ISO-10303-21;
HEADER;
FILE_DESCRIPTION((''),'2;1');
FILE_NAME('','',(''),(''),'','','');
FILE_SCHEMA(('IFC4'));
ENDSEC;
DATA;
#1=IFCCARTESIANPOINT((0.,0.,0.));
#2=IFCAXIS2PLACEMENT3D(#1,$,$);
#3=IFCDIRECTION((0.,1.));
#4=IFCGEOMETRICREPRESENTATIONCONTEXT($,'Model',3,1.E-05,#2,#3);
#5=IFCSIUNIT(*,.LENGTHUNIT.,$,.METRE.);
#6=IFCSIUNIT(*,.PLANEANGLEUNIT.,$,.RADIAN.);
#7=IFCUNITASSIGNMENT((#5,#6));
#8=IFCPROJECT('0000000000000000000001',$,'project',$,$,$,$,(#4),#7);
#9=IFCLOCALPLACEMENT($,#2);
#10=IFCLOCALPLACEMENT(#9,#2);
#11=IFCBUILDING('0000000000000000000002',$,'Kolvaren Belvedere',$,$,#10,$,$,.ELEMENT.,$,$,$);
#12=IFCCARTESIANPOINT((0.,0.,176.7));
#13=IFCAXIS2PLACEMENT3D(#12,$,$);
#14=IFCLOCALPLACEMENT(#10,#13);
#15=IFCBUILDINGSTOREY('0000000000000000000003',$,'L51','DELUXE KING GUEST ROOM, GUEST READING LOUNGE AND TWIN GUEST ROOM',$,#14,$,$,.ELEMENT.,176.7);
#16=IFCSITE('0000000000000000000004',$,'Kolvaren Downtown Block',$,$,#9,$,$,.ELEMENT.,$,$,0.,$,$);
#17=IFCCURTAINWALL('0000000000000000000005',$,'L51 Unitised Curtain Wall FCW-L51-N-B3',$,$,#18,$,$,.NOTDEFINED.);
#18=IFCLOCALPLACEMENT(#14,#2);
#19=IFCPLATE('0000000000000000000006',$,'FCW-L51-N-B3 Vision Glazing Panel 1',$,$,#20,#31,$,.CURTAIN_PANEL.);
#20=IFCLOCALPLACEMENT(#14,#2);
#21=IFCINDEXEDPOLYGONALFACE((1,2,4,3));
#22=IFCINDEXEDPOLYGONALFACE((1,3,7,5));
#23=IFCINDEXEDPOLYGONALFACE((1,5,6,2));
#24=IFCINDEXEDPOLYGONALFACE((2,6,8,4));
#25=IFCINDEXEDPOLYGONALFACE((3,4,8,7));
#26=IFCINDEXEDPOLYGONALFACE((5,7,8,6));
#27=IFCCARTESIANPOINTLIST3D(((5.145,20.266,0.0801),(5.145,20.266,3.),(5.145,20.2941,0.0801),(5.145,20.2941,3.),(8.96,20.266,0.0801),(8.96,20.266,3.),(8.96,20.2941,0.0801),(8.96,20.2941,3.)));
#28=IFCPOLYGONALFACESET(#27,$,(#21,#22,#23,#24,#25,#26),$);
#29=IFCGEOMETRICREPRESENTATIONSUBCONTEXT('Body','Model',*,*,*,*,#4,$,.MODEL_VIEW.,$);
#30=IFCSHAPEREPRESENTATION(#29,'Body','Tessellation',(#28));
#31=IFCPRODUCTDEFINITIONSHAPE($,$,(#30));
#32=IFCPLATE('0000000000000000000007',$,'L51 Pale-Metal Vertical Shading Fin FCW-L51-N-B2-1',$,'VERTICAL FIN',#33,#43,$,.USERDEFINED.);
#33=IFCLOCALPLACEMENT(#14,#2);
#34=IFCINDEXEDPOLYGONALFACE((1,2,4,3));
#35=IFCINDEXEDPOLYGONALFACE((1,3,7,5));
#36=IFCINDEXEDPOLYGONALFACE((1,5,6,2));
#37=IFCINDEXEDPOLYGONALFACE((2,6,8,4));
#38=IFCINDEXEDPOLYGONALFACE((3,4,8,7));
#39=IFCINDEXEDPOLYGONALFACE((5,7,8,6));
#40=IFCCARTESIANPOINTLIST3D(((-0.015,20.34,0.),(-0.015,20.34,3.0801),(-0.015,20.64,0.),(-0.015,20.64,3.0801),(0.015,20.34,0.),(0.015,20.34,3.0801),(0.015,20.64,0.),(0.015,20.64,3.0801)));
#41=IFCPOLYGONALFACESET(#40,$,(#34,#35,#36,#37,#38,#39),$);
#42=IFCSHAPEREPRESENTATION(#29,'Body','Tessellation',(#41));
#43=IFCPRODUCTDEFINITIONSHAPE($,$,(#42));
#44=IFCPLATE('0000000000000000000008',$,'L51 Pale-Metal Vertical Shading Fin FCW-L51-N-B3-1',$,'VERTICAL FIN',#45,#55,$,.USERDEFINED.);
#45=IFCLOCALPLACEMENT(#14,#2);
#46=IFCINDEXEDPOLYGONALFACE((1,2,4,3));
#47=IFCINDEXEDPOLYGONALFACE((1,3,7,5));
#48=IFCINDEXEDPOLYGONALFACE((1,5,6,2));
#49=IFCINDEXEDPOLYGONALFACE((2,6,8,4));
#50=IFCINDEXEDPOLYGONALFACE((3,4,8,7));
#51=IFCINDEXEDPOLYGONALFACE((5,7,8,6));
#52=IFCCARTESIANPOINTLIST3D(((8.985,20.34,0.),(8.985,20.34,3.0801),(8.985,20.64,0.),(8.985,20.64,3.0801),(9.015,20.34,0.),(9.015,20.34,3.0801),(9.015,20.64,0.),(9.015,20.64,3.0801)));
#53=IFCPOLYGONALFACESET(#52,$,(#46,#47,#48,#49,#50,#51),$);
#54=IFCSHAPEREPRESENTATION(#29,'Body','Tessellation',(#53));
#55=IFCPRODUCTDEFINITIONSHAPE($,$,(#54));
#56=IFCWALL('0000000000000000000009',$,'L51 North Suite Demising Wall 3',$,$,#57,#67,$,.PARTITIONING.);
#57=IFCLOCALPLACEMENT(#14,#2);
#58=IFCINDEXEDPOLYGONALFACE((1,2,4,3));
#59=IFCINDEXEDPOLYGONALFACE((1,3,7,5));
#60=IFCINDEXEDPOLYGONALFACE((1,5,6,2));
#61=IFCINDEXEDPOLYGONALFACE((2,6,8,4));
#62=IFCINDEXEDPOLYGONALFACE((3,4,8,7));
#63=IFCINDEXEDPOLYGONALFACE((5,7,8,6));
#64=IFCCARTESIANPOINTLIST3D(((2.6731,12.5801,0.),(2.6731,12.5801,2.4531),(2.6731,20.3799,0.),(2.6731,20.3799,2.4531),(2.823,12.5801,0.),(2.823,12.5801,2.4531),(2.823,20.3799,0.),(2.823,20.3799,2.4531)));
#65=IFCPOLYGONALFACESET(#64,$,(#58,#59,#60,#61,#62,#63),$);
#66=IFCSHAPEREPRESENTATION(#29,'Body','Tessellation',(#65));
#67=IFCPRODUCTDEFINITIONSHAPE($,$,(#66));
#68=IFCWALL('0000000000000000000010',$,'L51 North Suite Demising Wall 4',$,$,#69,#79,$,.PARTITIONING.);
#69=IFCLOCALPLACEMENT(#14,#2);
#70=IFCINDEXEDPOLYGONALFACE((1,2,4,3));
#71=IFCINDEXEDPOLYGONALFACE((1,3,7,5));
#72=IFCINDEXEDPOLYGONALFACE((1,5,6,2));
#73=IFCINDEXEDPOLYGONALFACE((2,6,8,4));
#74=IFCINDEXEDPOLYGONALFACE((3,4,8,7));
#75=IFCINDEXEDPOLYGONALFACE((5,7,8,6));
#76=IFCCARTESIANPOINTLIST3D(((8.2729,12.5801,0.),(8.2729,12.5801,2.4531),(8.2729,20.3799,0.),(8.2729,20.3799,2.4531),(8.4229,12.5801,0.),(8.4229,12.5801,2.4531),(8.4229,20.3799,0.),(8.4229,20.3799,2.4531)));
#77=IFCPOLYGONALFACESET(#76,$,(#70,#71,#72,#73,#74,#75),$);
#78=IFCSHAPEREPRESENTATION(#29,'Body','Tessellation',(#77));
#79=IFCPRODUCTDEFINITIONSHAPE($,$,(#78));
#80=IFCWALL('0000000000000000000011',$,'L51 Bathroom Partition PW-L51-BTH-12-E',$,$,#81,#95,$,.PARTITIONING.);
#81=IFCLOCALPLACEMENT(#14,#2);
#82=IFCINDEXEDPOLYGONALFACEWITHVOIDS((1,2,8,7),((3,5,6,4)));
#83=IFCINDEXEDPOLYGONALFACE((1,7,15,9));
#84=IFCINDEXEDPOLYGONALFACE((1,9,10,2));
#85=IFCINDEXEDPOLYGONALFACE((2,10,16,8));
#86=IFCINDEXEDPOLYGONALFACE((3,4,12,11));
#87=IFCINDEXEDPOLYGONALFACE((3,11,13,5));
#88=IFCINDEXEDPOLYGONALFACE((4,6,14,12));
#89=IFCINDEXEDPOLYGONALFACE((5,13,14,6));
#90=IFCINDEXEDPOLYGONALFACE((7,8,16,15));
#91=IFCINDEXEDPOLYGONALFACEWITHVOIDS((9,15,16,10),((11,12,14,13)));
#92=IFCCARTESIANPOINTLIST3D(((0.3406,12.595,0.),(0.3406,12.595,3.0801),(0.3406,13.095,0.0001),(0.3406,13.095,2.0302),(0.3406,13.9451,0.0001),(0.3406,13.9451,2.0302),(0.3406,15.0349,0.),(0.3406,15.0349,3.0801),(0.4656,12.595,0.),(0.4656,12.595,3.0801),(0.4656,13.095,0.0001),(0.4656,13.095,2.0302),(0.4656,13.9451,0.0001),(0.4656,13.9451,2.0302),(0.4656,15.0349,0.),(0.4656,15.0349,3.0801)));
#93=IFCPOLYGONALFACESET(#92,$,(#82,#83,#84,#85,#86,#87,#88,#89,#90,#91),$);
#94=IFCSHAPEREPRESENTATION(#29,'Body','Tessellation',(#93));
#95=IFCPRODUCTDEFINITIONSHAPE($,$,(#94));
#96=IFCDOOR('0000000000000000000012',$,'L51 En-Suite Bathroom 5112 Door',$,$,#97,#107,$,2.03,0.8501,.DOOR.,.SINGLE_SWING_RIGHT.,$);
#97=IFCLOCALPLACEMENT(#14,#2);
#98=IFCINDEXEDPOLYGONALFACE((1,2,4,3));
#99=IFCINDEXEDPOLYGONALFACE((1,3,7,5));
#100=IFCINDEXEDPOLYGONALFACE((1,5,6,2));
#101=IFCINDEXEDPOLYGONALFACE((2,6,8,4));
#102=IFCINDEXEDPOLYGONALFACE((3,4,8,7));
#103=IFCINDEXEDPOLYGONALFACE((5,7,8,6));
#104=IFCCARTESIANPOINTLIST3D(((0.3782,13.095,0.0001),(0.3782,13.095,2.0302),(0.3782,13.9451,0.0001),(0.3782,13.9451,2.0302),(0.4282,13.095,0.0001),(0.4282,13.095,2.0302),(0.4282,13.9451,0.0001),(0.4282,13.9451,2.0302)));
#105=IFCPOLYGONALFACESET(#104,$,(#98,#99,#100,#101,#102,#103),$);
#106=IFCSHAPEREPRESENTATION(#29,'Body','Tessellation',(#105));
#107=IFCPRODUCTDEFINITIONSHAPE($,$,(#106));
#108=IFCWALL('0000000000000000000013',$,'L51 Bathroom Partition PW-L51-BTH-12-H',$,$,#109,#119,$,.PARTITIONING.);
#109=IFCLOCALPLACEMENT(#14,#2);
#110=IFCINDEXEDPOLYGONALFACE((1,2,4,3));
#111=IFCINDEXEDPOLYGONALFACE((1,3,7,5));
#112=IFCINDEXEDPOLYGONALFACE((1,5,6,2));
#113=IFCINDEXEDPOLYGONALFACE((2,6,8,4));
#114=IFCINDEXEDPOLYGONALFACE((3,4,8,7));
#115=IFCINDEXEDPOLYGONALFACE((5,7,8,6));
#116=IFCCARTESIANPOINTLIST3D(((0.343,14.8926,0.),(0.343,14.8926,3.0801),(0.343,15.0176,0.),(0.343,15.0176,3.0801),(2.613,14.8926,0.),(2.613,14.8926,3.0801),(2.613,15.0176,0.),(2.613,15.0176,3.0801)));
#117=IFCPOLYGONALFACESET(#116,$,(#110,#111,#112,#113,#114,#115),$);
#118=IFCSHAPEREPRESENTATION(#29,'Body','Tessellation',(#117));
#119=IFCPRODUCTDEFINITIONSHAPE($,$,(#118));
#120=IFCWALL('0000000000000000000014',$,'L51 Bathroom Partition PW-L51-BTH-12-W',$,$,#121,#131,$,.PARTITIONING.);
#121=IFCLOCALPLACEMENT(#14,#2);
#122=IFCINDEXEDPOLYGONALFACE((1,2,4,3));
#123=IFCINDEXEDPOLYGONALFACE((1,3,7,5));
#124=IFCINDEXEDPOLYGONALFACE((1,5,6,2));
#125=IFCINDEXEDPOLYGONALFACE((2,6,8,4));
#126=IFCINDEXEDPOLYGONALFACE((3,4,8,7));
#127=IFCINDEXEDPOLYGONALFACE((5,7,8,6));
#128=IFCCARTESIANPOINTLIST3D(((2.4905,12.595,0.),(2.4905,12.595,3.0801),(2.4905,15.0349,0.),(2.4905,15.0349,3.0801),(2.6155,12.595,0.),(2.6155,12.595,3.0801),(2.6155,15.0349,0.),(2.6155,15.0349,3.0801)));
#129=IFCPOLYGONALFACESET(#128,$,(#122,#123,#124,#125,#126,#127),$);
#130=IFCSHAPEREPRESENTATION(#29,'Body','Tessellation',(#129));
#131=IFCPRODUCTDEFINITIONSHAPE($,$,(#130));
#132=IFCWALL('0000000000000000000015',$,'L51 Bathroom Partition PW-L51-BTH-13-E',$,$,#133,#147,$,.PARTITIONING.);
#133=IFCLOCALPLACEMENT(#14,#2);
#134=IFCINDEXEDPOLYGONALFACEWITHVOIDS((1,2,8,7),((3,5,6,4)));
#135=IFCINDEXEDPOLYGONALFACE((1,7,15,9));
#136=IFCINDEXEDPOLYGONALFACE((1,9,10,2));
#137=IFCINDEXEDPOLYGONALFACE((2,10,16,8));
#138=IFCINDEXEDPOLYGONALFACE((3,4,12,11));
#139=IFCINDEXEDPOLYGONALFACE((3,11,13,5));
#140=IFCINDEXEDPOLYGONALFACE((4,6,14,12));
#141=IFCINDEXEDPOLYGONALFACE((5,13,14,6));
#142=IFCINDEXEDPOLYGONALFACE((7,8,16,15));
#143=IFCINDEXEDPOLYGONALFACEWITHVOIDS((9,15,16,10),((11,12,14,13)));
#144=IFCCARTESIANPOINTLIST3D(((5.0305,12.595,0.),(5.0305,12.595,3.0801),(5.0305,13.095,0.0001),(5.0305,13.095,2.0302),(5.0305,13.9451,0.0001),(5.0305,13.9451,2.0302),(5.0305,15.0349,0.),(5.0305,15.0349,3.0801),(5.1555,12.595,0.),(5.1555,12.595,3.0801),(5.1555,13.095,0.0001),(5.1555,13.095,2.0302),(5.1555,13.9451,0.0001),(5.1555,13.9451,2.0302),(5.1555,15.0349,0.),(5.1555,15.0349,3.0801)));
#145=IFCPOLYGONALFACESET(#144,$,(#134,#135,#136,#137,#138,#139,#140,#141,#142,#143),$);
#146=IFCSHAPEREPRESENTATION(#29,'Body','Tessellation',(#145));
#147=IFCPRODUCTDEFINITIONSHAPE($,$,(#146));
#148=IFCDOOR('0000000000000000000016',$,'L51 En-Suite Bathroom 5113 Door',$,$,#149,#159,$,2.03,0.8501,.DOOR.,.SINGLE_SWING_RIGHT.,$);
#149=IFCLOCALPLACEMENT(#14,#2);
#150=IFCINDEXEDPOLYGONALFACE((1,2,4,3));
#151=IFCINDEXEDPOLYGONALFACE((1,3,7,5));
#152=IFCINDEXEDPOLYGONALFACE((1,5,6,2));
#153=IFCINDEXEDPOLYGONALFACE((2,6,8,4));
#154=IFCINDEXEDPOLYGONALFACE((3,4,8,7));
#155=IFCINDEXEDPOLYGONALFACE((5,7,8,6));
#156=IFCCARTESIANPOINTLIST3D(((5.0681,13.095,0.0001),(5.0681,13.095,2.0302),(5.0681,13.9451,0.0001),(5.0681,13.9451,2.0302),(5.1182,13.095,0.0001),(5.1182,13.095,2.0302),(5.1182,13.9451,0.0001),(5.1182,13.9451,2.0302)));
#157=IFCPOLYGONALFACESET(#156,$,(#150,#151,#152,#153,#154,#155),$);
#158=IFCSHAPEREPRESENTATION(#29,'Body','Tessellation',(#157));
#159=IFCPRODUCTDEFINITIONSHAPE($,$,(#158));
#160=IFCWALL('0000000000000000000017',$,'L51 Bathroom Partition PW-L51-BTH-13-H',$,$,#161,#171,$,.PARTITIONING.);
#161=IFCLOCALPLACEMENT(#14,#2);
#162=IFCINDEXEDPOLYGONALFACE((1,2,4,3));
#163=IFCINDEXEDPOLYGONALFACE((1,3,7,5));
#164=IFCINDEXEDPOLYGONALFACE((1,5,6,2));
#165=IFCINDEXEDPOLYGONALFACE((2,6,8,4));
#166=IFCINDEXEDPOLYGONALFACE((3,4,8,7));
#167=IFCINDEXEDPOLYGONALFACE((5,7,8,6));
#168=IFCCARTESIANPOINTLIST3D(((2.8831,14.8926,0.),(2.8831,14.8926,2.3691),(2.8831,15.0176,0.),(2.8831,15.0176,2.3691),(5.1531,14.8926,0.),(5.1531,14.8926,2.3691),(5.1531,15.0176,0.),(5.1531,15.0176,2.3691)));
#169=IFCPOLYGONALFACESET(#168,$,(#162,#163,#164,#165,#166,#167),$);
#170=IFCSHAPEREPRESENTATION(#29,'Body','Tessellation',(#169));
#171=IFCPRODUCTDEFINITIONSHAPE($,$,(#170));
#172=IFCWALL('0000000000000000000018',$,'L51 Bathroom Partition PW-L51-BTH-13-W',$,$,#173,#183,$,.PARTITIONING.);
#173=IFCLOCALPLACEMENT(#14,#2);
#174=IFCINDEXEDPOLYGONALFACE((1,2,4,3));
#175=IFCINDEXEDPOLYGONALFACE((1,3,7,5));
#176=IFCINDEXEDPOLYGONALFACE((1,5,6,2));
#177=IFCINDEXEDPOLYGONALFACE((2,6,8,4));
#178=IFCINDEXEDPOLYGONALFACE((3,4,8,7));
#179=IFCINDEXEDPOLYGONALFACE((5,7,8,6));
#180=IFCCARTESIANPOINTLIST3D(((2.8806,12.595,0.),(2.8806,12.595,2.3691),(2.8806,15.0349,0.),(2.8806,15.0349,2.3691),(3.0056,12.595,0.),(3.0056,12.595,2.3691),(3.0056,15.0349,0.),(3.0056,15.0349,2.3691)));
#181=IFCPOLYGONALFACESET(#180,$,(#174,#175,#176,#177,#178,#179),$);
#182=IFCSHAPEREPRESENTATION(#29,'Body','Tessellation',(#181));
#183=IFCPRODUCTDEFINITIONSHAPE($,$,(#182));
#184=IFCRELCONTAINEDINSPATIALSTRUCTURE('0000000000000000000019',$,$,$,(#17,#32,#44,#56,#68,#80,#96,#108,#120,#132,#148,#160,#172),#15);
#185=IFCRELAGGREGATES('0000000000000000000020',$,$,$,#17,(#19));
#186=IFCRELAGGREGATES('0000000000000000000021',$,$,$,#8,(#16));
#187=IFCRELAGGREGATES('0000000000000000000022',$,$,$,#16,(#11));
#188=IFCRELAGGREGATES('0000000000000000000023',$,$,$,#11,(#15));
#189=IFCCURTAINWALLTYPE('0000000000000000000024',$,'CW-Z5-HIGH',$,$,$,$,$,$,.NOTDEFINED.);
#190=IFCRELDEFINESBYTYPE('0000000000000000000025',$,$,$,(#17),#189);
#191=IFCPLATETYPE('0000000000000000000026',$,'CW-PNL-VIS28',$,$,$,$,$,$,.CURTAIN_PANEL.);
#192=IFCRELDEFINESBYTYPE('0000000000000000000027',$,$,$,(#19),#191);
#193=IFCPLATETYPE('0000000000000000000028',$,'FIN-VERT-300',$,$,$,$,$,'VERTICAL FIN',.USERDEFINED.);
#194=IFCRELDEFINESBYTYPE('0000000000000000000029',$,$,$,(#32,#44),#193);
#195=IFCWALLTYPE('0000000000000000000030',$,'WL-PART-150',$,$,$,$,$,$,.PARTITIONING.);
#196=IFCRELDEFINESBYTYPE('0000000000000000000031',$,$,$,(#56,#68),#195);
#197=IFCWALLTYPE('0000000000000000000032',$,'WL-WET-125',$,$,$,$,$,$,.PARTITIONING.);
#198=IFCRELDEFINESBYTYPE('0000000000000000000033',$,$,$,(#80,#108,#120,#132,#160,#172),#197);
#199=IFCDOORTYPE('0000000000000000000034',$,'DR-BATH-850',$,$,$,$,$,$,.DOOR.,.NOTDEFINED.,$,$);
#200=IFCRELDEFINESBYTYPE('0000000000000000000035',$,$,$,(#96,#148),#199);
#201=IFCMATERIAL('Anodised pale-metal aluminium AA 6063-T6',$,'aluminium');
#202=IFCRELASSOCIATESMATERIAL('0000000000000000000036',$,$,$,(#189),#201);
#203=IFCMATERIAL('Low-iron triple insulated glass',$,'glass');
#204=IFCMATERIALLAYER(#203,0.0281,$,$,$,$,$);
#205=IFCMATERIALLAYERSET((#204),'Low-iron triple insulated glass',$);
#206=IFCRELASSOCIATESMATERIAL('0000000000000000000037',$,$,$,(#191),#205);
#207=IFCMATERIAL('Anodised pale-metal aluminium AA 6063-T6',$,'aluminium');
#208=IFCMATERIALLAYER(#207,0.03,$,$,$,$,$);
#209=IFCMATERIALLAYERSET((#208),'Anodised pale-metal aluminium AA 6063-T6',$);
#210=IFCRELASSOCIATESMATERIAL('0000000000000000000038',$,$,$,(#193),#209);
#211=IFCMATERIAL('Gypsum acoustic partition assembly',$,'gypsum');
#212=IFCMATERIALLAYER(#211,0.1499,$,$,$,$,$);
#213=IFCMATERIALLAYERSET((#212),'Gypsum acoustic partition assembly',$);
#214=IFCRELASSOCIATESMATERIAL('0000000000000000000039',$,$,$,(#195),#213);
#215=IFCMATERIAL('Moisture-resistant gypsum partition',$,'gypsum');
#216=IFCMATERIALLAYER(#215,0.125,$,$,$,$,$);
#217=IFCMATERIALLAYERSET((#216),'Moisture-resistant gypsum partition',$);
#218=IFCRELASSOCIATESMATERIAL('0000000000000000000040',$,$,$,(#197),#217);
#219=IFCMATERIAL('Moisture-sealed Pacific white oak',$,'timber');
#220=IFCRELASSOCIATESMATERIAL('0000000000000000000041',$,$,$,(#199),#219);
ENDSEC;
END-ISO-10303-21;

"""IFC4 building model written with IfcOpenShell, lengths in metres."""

from ifc_helpers import new_model, si_unit, direction, frame, frame_2d, origin, origin_2d, place, context, subcontext, project, spatial, rectangle, extrude, material, layer, layer_set, type_object, element, fill, aggregate, save


model = new_model("IFC4")

# Units and contexts
model_context = context("Model", 3, precision=1e-05, world=origin(), true_north=direction((0.0, 1.0)))
body_context = subcontext(model_context, "Body", "Model", "MODEL_VIEW")
ifc_project = project(units=[si_unit("LENGTHUNIT", "METRE"), si_unit("PLANEANGLEUNIT", "RADIAN")], contexts=[model_context])

# Site, building, storey
site_placement = place(None, origin())
site = spatial("IfcSite", under=ifc_project, at=site_placement, Name="Kolvaren Downtown Block", CompositionType="ELEMENT", RefElevation=0.0)
building_placement = place(site_placement, origin())
building = spatial("IfcBuilding", under=site, at=building_placement, Name="Kolvaren Belvedere", CompositionType="ELEMENT")
storey_placement = place(building_placement, frame((0.0, 0.0, 176.7)))
storey = spatial("IfcBuildingStorey", under=building, at=storey_placement, Name="L51", Description="DELUXE KING GUEST ROOM, GUEST READING LOUNGE AND TWIN GUEST ROOM", CompositionType="ELEMENT", Elevation=176.7)

# Curtain wall
ifc_material_1 = material(Name="Anodised pale-metal aluminium AA 6063-T6", Category="aluminium")
curtain_wall_type = type_object("IfcCurtainWallType", Name="CW-Z5-HIGH", PredefinedType="NOTDEFINED", material=ifc_material_1)
curtain_wall_1_placement = place(storey_placement, origin())
curtain_wall_1 = element("IfcCurtainWall", 1, at=curtain_wall_1_placement, inside=storey, type_object=curtain_wall_type, Name="L51 Unitised Curtain Wall FCW-L51-N-B3", PredefinedType="NOTDEFINED")

# Plate
ifc_material_2 = material(Name="Low-iron triple insulated glass", Category="glass")
ifc_layer_1 = layer(ifc_material_2, 0.0281)
ifc_layer_set_1 = layer_set([ifc_layer_1], Name="Low-iron triple insulated glass")
plate_type_1 = type_object("IfcPlateType", Name="CW-PNL-VIS28", PredefinedType="CURTAIN_PANEL", material=ifc_layer_set_1)
plate_1_placement = place(storey_placement, frame((7.0525, 20.28, 0.0801), z_axis=(0.0, 0.0, 1.0), x_axis=(1.0, 0.0, 0.0)))
plate_1 = element("IfcPlate", 2, at=plate_1_placement, type_object=plate_type_1, Name="FCW-L51-N-B3 Vision Glazing Panel 1", PredefinedType="CURTAIN_PANEL", context=body_context, shape_type="SweptSolid", body=[
    extrude(rectangle(XDim=3.8149, YDim=0.0281, at=origin_2d()), origin(), (0.0, 0.0, 1.0), 2.9199),
])
aggregate(curtain_wall_1, [plate_1])

# Plates
ifc_material_3 = material(Name="Anodised pale-metal aluminium AA 6063-T6", Category="aluminium")
ifc_layer_2 = layer(ifc_material_3, 0.03)
ifc_layer_set_2 = layer_set([ifc_layer_2], Name="Anodised pale-metal aluminium AA 6063-T6")
plate_type_2 = type_object("IfcPlateType", Name="FIN-VERT-300", ElementType="VERTICAL FIN", PredefinedType="USERDEFINED", material=ifc_layer_set_2)
for number, where, z_axis, x_axis, name in (
    (3, (0.0, 20.49, 0.0), (0.0, 0.0, 1.0), (0.0, 1.0, 0.0), "L51 Pale-Metal Vertical Shading Fin FCW-L51-N-B2-1"),
    (4, (9.0, 20.49, 0.0), (0.0, 0.0, 1.0), (0.0, 1.0, 0.0), "L51 Pale-Metal Vertical Shading Fin FCW-L51-N-B3-1"),
):
    element("IfcPlate", number, at=place(storey_placement, frame(where, z_axis=z_axis, x_axis=x_axis)), inside=storey, type_object=plate_type_2, Name=name, ObjectType="VERTICAL FIN", PredefinedType="USERDEFINED", context=body_context, shape_type="SweptSolid", body=[
        extrude(rectangle(XDim=0.3, YDim=0.03, at=origin_2d()), origin(), (0.0, 0.0, 1.0), 3.0801),
    ])

# Walls
ifc_material_4 = material(Name="Gypsum acoustic partition assembly", Category="gypsum")
ifc_layer_3 = layer(ifc_material_4, 0.1499)
ifc_layer_set_3 = layer_set([ifc_layer_3], Name="Gypsum acoustic partition assembly")
wall_type_1 = type_object("IfcWallType", Name="WL-PART-150", PredefinedType="PARTITIONING", material=ifc_layer_set_3)
for number, where, z_axis, x_axis, name in (
    (5, (2.748, 12.5801, 0.0), (0.0, 0.0, 1.0), (0.0, 1.0, 0.0), "L51 North Suite Demising Wall 3"),
    (6, (8.3479, 12.5801, 0.0), (0.0, 0.0, 1.0), (0.0, 1.0, 0.0), "L51 North Suite Demising Wall 4"),
):
    element("IfcWall", number, at=place(storey_placement, frame(where, z_axis=z_axis, x_axis=x_axis)), inside=storey, type_object=wall_type_1, Name=name, PredefinedType="PARTITIONING", context=body_context, shape_type="SweptSolid", body=[
        extrude(rectangle(XDim=7.7998, YDim=0.1499, at=frame_2d((3.8999, 0.0))), origin(), (0.0, 0.0, 1.0), 2.4531),
    ])

# Wall, opening, door
ifc_material_5 = material(Name="Moisture-resistant gypsum partition", Category="gypsum")
ifc_layer_4 = layer(ifc_material_5, 0.125)
ifc_layer_set_4 = layer_set([ifc_layer_4], Name="Moisture-resistant gypsum partition")
wall_type_2 = type_object("IfcWallType", Name="WL-WET-125", PredefinedType="PARTITIONING", material=ifc_layer_set_4)
wall_1_placement = place(storey_placement, frame((0.4031, 12.595, 0.0), z_axis=(0.0, 0.0, 1.0), x_axis=(0.0, 1.0, 0.0)))
wall_1 = element("IfcWall", 7, at=wall_1_placement, inside=storey, type_object=wall_type_2, Name="L51 Bathroom Partition PW-L51-BTH-12-E", PredefinedType="PARTITIONING", context=body_context, shape_type="SweptSolid", body=[
    extrude(rectangle(XDim=2.4399, YDim=0.125, at=frame_2d((1.22, 0.0))), origin(), (0.0, 0.0, 1.0), 3.0801),
])
opening_1_placement = place(wall_1_placement, frame((0.5, 0.0, 0.0)))
opening_1 = element("IfcOpeningElement", 8, at=opening_1_placement, cuts=wall_1, PredefinedType="OPENING", context=body_context, shape_type="SweptSolid", body=[
    extrude(rectangle(XDim=0.8501, YDim=2.03, at=frame_2d((0.425, 1.0151))), frame((0.0, 0.0725, 0.0), z_axis=(0.0, -1.0, 0.0), x_axis=(1.0, 0.0, 0.0)), (0.0, 0.0, 1.0), 0.145),
])
ifc_material_6 = material(Name="Moisture-sealed Pacific white oak", Category="timber")
door_type = type_object("IfcDoorType", Name="DR-BATH-850", OperationType="NOTDEFINED", PredefinedType="DOOR", material=ifc_material_6)
door_1_placement = place(opening_1_placement, origin())
door_1 = element("IfcDoor", 9, at=door_1_placement, inside=storey, type_object=door_type, Name="L51 En-Suite Bathroom 5112 Door", OperationType="SINGLE_SWING_RIGHT", OverallHeight=2.03, OverallWidth=0.8501, PredefinedType="DOOR", context=body_context, shape_type="SweptSolid", body=[
    extrude(rectangle(XDim=0.8501, YDim=2.03, at=frame_2d((0.425, 1.0151))), frame((0.0, 0.0249, 0.0), z_axis=(0.0, -1.0, 0.0), x_axis=(1.0, 0.0, 0.0)), (0.0, 0.0, 1.0), 0.05),
])
fill(opening_1, door_1)

# Walls
wall_2_placement = place(storey_placement, frame((0.343, 14.9551, 0.0), z_axis=(0.0, 0.0, 1.0), x_axis=(1.0, 0.0, 0.0)))
element("IfcWall", 10, at=wall_2_placement, inside=storey, type_object=wall_type_2, Name="L51 Bathroom Partition PW-L51-BTH-12-H", PredefinedType="PARTITIONING", context=body_context, shape_type="SweptSolid", body=[
    extrude(rectangle(XDim=2.27, YDim=0.125, at=frame_2d((1.135, 0.0))), origin(), (0.0, 0.0, 1.0), 3.0801),
])
wall_3_placement = place(storey_placement, frame((2.553, 12.595, 0.0), z_axis=(0.0, 0.0, 1.0), x_axis=(0.0, 1.0, 0.0)))
element("IfcWall", 11, at=wall_3_placement, inside=storey, type_object=wall_type_2, Name="L51 Bathroom Partition PW-L51-BTH-12-W", PredefinedType="PARTITIONING", context=body_context, shape_type="SweptSolid", body=[
    extrude(rectangle(XDim=2.4399, YDim=0.125, at=frame_2d((1.22, 0.0))), origin(), (0.0, 0.0, 1.0), 3.0801),
])

# Wall, opening, door
wall_4_placement = place(storey_placement, frame((5.093, 12.595, 0.0), z_axis=(0.0, 0.0, 1.0), x_axis=(0.0, 1.0, 0.0)))
wall_4 = element("IfcWall", 12, at=wall_4_placement, inside=storey, type_object=wall_type_2, Name="L51 Bathroom Partition PW-L51-BTH-13-E", PredefinedType="PARTITIONING", context=body_context, shape_type="SweptSolid", body=[
    extrude(rectangle(XDim=2.4399, YDim=0.125, at=frame_2d((1.22, 0.0))), origin(), (0.0, 0.0, 1.0), 3.0801),
])
opening_2_placement = place(wall_4_placement, frame((0.5, 0.0, 0.0)))
opening_2 = element("IfcOpeningElement", 13, at=opening_2_placement, cuts=wall_4, PredefinedType="OPENING", context=body_context, shape_type="SweptSolid", body=[
    extrude(rectangle(XDim=0.8501, YDim=2.03, at=frame_2d((0.425, 1.0151))), frame((0.0, 0.0725, 0.0), z_axis=(0.0, -1.0, 0.0), x_axis=(1.0, 0.0, 0.0)), (0.0, 0.0, 1.0), 0.145),
])
door_2_placement = place(opening_2_placement, origin())
door_2 = element("IfcDoor", 14, at=door_2_placement, inside=storey, type_object=door_type, Name="L51 En-Suite Bathroom 5113 Door", OperationType="SINGLE_SWING_RIGHT", OverallHeight=2.03, OverallWidth=0.8501, PredefinedType="DOOR", context=body_context, shape_type="SweptSolid", body=[
    extrude(rectangle(XDim=0.8501, YDim=2.03, at=frame_2d((0.425, 1.0151))), frame((0.0, 0.0249, 0.0), z_axis=(0.0, -1.0, 0.0), x_axis=(1.0, 0.0, 0.0)), (0.0, 0.0, 1.0), 0.05),
])
fill(opening_2, door_2)

# Walls
wall_5_placement = place(storey_placement, frame((2.8831, 14.9551, 0.0), z_axis=(0.0, 0.0, 1.0), x_axis=(1.0, 0.0, 0.0)))
element("IfcWall", 15, at=wall_5_placement, inside=storey, type_object=wall_type_2, Name="L51 Bathroom Partition PW-L51-BTH-13-H", PredefinedType="PARTITIONING", context=body_context, shape_type="SweptSolid", body=[
    extrude(rectangle(XDim=2.27, YDim=0.125, at=frame_2d((1.135, 0.0))), origin(), (0.0, 0.0, 1.0), 2.3691),
])
wall_6_placement = place(storey_placement, frame((2.9431, 12.595, 0.0), z_axis=(0.0, 0.0, 1.0), x_axis=(0.0, 1.0, 0.0)))
element("IfcWall", 16, at=wall_6_placement, inside=storey, type_object=wall_type_2, Name="L51 Bathroom Partition PW-L51-BTH-13-W", PredefinedType="PARTITIONING", context=body_context, shape_type="SweptSolid", body=[
    extrude(rectangle(XDim=2.4399, YDim=0.125, at=frame_2d((1.22, 0.0))), origin(), (0.0, 0.0, 1.0), 2.3691),
])

save(model, "model.ifc")
